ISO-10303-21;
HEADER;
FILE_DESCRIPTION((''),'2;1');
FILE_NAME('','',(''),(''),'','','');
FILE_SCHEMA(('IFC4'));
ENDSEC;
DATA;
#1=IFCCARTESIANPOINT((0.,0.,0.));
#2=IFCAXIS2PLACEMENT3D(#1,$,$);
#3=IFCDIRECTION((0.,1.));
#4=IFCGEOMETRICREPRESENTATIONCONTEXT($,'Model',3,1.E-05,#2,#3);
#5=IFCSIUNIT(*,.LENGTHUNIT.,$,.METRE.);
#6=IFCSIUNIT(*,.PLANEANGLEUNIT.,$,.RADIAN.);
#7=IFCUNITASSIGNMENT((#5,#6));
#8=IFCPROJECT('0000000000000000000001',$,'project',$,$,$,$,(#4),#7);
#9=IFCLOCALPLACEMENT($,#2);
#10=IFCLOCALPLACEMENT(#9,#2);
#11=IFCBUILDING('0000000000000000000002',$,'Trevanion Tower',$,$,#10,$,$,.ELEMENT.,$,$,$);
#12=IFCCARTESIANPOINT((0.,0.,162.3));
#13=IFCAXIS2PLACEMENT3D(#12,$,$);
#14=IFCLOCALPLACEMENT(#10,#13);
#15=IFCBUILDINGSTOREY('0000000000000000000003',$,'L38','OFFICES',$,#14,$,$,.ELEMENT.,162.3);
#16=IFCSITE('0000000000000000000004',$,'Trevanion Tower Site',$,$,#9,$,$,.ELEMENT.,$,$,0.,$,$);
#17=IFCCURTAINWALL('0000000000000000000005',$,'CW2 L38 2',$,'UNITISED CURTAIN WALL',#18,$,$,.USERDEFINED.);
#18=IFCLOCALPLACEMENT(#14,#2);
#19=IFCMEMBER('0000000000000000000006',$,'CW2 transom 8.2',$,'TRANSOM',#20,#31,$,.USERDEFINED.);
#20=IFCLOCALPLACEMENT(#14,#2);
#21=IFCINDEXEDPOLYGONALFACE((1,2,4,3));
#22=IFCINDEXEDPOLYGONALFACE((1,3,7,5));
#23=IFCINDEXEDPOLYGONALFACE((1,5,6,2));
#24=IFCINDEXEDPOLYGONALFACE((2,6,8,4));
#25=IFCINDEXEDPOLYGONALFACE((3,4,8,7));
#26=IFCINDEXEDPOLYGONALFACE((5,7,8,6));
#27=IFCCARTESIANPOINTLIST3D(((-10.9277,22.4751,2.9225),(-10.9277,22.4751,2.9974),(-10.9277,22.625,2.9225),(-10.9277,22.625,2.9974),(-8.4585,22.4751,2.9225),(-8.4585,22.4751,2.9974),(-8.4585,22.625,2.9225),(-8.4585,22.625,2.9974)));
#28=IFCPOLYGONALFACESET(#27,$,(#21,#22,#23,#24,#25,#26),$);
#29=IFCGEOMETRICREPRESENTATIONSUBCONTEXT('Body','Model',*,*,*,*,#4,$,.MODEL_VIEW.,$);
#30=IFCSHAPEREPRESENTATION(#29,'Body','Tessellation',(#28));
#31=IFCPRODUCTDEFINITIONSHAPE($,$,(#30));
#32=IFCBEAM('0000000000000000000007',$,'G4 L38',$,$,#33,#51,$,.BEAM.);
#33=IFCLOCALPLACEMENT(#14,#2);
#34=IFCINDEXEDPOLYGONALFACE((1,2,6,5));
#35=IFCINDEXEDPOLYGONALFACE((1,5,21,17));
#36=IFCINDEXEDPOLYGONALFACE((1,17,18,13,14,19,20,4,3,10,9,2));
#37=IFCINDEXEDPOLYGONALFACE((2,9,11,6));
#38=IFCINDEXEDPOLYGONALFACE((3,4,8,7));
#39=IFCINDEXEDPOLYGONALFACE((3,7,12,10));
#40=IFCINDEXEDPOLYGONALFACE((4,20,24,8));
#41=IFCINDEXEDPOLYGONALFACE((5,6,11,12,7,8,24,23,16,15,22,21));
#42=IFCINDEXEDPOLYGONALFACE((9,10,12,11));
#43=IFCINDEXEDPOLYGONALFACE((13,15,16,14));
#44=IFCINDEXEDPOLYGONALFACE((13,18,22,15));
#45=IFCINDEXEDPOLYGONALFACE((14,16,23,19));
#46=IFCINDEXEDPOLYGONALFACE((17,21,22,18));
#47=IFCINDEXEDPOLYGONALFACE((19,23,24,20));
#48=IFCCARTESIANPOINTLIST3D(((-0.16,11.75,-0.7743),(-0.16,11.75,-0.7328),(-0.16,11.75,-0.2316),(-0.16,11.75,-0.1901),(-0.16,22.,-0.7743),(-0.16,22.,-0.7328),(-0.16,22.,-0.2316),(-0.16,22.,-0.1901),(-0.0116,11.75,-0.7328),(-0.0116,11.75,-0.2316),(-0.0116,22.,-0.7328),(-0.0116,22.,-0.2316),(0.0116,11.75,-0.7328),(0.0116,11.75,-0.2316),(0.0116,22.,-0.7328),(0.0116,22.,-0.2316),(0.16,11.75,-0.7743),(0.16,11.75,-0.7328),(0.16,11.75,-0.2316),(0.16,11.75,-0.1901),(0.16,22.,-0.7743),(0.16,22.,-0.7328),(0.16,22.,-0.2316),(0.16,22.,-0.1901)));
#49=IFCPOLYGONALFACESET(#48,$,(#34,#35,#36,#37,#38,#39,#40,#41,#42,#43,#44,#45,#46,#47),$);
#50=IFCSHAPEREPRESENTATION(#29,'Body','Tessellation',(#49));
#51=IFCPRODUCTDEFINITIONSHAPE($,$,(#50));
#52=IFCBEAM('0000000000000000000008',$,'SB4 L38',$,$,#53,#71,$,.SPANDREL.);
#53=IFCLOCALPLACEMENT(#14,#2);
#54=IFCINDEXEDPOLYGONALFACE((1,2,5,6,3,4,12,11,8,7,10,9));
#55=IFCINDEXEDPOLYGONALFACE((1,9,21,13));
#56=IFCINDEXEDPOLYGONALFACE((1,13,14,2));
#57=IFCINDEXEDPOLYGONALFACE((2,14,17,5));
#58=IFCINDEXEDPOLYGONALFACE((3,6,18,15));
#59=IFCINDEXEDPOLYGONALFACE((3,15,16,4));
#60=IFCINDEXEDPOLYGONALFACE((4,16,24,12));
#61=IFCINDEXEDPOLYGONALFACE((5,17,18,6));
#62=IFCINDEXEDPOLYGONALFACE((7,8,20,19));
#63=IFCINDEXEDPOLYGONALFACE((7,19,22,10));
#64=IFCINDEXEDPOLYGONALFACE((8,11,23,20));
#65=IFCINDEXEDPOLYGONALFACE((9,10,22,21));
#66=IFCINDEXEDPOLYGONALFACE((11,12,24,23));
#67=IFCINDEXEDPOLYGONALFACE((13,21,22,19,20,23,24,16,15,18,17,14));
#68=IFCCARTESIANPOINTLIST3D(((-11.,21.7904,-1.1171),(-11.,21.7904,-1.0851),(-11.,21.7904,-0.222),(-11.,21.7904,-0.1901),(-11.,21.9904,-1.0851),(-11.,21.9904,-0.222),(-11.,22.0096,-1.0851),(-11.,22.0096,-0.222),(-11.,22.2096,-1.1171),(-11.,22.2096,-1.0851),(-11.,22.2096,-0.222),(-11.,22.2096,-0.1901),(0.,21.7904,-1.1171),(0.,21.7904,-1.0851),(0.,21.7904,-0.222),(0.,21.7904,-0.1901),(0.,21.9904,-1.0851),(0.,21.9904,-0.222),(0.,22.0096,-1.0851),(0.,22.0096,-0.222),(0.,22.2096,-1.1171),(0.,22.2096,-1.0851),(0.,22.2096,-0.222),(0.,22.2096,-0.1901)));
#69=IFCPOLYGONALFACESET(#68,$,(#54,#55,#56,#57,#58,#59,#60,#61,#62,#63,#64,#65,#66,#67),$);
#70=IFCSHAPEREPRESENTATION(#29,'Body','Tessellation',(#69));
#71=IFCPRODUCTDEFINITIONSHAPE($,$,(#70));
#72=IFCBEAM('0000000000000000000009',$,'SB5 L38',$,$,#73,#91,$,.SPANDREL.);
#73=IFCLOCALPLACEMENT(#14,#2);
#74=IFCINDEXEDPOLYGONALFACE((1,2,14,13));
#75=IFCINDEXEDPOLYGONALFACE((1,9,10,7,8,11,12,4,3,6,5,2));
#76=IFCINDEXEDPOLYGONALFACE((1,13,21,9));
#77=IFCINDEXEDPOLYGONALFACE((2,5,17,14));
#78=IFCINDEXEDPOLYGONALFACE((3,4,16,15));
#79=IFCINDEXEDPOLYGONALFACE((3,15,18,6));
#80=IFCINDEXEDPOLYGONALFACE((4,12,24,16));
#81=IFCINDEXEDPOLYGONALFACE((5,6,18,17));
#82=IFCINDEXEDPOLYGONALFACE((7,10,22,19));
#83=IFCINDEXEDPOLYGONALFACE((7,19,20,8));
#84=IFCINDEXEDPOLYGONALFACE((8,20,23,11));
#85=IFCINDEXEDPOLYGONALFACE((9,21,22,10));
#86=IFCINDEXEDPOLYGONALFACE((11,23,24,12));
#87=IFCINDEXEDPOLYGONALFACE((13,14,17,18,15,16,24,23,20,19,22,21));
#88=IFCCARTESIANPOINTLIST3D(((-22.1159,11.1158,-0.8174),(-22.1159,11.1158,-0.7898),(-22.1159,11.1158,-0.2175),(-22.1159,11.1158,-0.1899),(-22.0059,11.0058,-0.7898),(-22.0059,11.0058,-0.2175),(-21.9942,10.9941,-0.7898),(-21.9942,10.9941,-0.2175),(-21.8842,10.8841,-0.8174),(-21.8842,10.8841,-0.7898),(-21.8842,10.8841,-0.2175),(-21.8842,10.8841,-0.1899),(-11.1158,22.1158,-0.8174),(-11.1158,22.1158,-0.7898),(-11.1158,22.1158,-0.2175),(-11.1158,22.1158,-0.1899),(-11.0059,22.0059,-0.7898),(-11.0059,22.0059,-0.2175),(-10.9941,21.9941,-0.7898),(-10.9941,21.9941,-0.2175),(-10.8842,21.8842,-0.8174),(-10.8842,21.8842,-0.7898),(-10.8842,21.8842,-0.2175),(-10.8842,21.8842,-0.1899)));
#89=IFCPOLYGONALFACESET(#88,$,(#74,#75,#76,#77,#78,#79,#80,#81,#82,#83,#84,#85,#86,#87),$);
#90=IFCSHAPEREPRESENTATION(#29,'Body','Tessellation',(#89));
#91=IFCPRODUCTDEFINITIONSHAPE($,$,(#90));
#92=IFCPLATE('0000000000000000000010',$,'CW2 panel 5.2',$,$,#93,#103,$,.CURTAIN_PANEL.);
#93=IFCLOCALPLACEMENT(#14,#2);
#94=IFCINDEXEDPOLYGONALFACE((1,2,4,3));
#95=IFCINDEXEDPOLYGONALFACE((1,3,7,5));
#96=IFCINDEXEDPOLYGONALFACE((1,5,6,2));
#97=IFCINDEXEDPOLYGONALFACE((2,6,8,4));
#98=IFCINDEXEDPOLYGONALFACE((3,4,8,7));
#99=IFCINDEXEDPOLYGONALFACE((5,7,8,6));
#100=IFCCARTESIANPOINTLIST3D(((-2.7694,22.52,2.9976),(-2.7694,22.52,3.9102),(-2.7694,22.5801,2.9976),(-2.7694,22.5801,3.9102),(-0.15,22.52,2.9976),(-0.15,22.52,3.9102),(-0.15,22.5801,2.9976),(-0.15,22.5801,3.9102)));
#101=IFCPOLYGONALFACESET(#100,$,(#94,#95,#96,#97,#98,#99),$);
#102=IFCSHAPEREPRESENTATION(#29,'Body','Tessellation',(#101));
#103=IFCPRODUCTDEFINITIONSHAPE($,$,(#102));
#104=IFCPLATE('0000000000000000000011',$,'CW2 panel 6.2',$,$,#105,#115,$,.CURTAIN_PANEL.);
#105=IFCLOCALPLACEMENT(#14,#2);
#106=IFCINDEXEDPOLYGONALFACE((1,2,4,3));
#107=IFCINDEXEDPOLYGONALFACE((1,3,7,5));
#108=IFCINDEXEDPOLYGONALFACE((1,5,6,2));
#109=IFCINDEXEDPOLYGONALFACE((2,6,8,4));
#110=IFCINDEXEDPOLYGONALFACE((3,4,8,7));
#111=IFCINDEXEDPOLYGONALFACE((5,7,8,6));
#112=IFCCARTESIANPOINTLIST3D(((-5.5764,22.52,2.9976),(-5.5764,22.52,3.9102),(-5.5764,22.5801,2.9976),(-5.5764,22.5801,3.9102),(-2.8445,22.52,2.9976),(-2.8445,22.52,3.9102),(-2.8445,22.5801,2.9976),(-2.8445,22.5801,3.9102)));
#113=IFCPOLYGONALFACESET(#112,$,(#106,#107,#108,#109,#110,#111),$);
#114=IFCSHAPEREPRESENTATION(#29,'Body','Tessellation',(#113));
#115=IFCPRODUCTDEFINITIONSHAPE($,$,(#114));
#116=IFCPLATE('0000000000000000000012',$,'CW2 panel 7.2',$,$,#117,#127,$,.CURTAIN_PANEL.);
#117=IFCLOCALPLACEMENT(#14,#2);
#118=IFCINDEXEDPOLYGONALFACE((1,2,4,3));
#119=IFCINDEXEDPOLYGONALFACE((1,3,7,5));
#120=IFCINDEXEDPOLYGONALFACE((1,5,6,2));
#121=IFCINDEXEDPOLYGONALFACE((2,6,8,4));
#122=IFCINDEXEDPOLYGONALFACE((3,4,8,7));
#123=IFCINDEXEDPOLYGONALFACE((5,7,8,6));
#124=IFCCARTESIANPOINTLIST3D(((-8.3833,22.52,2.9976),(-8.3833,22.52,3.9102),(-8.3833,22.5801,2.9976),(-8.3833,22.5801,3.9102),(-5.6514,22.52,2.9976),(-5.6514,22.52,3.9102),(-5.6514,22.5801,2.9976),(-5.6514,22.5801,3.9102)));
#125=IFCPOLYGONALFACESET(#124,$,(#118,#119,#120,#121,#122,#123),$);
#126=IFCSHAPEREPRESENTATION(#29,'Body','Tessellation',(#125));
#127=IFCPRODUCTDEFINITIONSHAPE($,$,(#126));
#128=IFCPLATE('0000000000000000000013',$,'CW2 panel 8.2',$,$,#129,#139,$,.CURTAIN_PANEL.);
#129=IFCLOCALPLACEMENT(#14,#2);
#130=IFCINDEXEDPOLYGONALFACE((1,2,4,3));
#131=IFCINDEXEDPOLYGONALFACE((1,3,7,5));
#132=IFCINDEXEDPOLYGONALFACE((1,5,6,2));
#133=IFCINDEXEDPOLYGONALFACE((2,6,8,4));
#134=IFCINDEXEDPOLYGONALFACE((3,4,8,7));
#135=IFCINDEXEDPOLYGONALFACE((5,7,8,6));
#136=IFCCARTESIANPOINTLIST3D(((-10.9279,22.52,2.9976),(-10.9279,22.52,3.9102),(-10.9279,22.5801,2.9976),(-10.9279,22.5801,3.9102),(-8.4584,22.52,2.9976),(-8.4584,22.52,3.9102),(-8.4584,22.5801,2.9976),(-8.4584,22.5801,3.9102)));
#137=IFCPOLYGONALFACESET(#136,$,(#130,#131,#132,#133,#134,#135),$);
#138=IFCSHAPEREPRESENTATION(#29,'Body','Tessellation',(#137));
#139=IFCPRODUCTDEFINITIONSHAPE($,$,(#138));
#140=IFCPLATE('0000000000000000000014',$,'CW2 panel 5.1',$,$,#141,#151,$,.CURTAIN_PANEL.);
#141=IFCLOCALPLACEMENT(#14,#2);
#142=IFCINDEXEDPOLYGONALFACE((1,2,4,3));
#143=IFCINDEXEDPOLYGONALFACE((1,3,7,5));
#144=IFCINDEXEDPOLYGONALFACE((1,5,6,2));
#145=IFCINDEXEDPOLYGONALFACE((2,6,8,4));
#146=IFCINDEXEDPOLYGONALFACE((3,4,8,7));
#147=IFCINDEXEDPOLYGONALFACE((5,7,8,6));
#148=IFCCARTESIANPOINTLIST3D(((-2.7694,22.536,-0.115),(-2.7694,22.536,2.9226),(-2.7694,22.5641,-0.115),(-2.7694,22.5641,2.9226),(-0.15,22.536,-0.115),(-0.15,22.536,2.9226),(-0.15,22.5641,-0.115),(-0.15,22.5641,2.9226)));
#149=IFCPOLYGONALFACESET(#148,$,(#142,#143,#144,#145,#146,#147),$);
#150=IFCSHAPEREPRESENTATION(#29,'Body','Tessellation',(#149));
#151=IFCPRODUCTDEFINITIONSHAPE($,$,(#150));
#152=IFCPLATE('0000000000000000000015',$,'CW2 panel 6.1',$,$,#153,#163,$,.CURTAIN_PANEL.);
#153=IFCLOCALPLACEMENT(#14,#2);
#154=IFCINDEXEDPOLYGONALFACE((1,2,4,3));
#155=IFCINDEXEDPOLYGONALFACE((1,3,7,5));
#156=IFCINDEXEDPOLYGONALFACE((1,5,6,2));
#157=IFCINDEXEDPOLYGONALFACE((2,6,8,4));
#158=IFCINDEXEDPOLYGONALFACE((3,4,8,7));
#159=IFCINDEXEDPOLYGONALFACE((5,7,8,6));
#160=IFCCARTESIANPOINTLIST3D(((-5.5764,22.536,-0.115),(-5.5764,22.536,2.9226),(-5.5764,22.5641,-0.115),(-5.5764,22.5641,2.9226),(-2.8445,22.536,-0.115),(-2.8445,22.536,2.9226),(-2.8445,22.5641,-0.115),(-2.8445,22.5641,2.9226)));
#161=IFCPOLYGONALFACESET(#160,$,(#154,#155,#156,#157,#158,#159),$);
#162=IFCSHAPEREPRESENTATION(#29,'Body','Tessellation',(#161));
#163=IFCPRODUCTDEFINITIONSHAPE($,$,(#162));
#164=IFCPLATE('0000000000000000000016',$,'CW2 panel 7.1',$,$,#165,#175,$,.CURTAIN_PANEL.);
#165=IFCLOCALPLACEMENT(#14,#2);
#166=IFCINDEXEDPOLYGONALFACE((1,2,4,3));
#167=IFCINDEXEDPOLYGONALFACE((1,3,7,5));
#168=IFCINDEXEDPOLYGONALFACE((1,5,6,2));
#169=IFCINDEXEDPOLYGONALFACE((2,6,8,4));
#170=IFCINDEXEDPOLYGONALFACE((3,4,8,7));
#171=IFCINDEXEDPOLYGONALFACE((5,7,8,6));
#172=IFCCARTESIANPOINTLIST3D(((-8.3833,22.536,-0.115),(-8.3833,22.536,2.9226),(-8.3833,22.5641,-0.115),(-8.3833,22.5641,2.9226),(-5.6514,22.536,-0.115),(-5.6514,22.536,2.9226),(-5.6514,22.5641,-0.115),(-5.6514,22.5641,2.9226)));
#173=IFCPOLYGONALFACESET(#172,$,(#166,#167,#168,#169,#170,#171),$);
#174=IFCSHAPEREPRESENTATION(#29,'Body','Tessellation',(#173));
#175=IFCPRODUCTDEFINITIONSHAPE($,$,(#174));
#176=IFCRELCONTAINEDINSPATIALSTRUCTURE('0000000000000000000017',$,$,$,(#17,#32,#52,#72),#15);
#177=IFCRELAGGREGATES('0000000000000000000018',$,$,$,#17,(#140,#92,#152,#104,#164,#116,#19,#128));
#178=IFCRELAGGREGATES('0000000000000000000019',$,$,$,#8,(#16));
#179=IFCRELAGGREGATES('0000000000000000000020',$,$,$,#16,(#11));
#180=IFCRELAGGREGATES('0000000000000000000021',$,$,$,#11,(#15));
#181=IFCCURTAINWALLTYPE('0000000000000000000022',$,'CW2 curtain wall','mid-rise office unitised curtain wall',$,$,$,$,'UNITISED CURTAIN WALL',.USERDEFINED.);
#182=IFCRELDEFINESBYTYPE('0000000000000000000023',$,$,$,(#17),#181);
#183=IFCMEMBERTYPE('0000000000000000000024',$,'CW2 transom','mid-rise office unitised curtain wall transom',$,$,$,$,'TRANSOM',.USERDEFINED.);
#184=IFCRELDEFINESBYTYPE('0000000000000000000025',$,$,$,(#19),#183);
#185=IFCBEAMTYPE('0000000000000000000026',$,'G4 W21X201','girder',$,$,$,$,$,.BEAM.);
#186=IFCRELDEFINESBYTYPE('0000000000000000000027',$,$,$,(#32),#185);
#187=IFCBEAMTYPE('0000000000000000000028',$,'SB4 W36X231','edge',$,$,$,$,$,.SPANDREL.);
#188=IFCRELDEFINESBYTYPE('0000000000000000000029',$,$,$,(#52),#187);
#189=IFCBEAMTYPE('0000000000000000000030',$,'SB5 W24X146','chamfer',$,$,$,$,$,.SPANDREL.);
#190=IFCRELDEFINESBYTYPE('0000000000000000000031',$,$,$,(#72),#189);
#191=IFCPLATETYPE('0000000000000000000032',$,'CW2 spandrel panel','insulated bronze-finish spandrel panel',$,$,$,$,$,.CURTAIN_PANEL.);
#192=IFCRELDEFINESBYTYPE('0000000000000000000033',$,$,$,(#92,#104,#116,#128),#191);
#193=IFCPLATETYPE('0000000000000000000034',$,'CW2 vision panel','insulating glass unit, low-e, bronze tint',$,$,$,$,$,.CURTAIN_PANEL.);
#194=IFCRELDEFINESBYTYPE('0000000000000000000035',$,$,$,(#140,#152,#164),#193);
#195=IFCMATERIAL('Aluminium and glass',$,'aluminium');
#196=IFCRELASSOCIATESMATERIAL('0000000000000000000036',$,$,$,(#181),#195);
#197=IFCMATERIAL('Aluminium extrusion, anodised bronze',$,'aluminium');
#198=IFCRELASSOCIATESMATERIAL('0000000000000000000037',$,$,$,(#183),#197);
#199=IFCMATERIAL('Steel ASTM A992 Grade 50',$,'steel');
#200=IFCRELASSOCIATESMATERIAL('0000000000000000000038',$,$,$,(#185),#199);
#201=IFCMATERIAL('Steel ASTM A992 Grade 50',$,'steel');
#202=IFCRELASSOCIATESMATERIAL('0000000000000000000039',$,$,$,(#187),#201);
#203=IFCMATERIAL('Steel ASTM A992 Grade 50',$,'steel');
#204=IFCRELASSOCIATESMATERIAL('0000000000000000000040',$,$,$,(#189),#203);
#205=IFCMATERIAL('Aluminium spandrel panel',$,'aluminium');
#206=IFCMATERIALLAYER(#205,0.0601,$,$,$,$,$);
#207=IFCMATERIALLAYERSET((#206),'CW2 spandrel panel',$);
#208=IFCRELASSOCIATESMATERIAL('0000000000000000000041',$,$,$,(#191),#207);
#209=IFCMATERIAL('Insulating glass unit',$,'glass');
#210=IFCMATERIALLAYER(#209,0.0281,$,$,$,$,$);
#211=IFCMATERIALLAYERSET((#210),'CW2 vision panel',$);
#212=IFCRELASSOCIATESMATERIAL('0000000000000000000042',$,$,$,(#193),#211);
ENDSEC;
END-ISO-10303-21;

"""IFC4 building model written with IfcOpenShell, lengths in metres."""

from ifc_helpers import new_model, si_unit, direction, frame, origin, origin_2d, place, context, subcontext, project, spatial, rectangle, i_section, extrude, material, layer, layer_set, material_profile, profile_set, type_object, element, aggregate, save


model = new_model("IFC4")

# Units and contexts
model_context = context("Model", 3, precision=1e-05, world=origin(), true_north=direction((0.0, 1.0)))
body_context = subcontext(model_context, "Body", "Model", "MODEL_VIEW")
ifc_project = project(units=[si_unit("LENGTHUNIT", "METRE"), si_unit("PLANEANGLEUNIT", "RADIAN")], contexts=[model_context])

# Site, building, storey
site_placement = place(None, origin())
site = spatial("IfcSite", under=ifc_project, at=site_placement, Name="Trevanion Tower Site", CompositionType="ELEMENT", RefElevation=0.0)
building_placement = place(site_placement, origin())
building = spatial("IfcBuilding", under=site, at=building_placement, Name="Trevanion Tower", CompositionType="ELEMENT")
storey_placement = place(building_placement, frame((0.0, 0.0, 162.3)))
storey = spatial("IfcBuildingStorey", under=building, at=storey_placement, Name="L38", Description="OFFICES", CompositionType="ELEMENT", Elevation=162.3)

# Curtain wall, member
ifc_material_1 = material(Name="Aluminium and glass", Category="aluminium")
curtain_wall_type = type_object("IfcCurtainWallType", Name="CW2 curtain wall", Description="mid-rise office unitised curtain wall", ElementType="UNITISED CURTAIN WALL", PredefinedType="USERDEFINED", material=ifc_material_1)
curtain_wall_placement = place(storey_placement, origin())
curtain_wall = element("IfcCurtainWall", 1, at=curtain_wall_placement, inside=storey, type_object=curtain_wall_type, Name="CW2 L38 2", ObjectType="UNITISED CURTAIN WALL", PredefinedType="USERDEFINED")
ifc_material_2 = material(Name="Aluminium extrusion, anodised bronze", Category="aluminium")
ifc_material_profile_1 = material_profile(ifc_material_2, rectangle(XDim=0.1499, YDim=0.075, at=origin_2d()), Name="CW2 transom")
ifc_profile_set_1 = profile_set([ifc_material_profile_1], Name="Aluminium extrusion, anodised bronze")
member_type_1 = type_object("IfcMemberType", Name="CW2 transom", Description="mid-rise office unitised curtain wall transom", ElementType="TRANSOM", PredefinedType="USERDEFINED", material=ifc_profile_set_1)
member_1_placement = place(storey_placement, frame((-8.4585, 22.55, 2.96), z_axis=(-1.0, 0.0, 0.0), x_axis=(0.0, -1.0, 0.0)))
member_1 = element("IfcMember", 2, at=member_1_placement, type_object=member_type_1, Name="CW2 transom 8.2", ObjectType="TRANSOM", PredefinedType="USERDEFINED", context=body_context, shape_type="SweptSolid", body=[
    extrude(rectangle(XDim=0.1499, YDim=0.075, at=origin_2d()), origin(), (0.0, 0.0, 1.0), 2.4692),
])

# Beams
ifc_material_3 = material(Name="Steel ASTM A992 Grade 50", Category="steel")
ifc_material_profile_2 = material_profile(ifc_material_3, i_section(OverallWidth=0.3201, OverallDepth=0.5842, WebThickness=0.0232, FlangeThickness=0.0415, at=origin_2d()), Name="W21X201")
ifc_profile_set_2 = profile_set([ifc_material_profile_2], Name="Steel ASTM A992 Grade 50")
beam_type_1 = type_object("IfcBeamType", Name="G4 W21X201", Description="girder", PredefinedType="BEAM", material=ifc_profile_set_2)
beam_1_placement = place(storey_placement, frame((0.0, 11.75, -0.4822), z_axis=(0.0, 1.0, 0.0), x_axis=(-1.0, 0.0, 0.0)))
element("IfcBeam", 3, at=beam_1_placement, inside=storey, type_object=beam_type_1, Name="G4 L38", PredefinedType="BEAM", context=body_context, shape_type="SweptSolid", body=[
    extrude(i_section(OverallWidth=0.3201, OverallDepth=0.5842, WebThickness=0.0232, FlangeThickness=0.0415, at=origin_2d()), origin(), (0.0, 0.0, 1.0), 10.25),
])
ifc_material_4 = material(Name="Steel ASTM A992 Grade 50", Category="steel")
ifc_material_profile_3 = material_profile(ifc_material_4, i_section(OverallWidth=0.4192, OverallDepth=0.927, WebThickness=0.0193, FlangeThickness=0.032, at=origin_2d()), Name="W36X231")
ifc_profile_set_3 = profile_set([ifc_material_profile_3], Name="Steel ASTM A992 Grade 50")
beam_type_2 = type_object("IfcBeamType", Name="SB4 W36X231", Description="edge", PredefinedType="SPANDREL", material=ifc_profile_set_3)
beam_2_placement = place(storey_placement, frame((0.0, 22.0, -0.6536), z_axis=(-1.0, 0.0, 0.0), x_axis=(0.0, -1.0, 0.0)))
element("IfcBeam", 4, at=beam_2_placement, inside=storey, type_object=beam_type_2, Name="SB4 L38", PredefinedType="SPANDREL", context=body_context, shape_type="SweptSolid", body=[
    extrude(i_section(OverallWidth=0.4192, OverallDepth=0.927, WebThickness=0.0193, FlangeThickness=0.032, at=origin_2d()), origin(), (0.0, 0.0, 1.0), 11.0),
])
ifc_material_5 = material(Name="Steel ASTM A992 Grade 50", Category="steel")
ifc_material_profile_4 = material_profile(ifc_material_5, i_section(OverallWidth=0.3276, OverallDepth=0.6274, WebThickness=0.0166, FlangeThickness=0.0276, at=origin_2d()), Name="W24X146")
ifc_profile_set_4 = profile_set([ifc_material_profile_4], Name="Steel ASTM A992 Grade 50")
beam_type_3 = type_object("IfcBeamType", Name="SB5 W24X146", Description="chamfer", PredefinedType="SPANDREL", material=ifc_profile_set_4)
beam_3_placement = place(storey_placement, frame((-11.0, 22.0, -0.5037), z_axis=(-0.707107, -0.707107, 0.0), x_axis=(0.707107, -0.707107, 0.0)))
element("IfcBeam", 5, at=beam_3_placement, inside=storey, type_object=beam_type_3, Name="SB5 L38", PredefinedType="SPANDREL", context=body_context, shape_type="SweptSolid", body=[
    extrude(i_section(OverallWidth=0.3276, OverallDepth=0.6274, WebThickness=0.0166, FlangeThickness=0.0276, at=origin_2d()), origin(), (0.0, 0.0, 1.0), 15.5564),
])

# Plates
ifc_material_6 = material(Name="Aluminium spandrel panel", Category="aluminium")
ifc_layer_1 = layer(ifc_material_6, 0.0601)
ifc_layer_set_1 = layer_set([ifc_layer_1], Name="CW2 spandrel panel")
plate_type_1 = type_object("IfcPlateType", Name="CW2 spandrel panel", Description="insulated bronze-finish spandrel panel", PredefinedType="CURTAIN_PANEL", material=ifc_layer_set_1)
plate_1_placement = place(storey_placement, frame((-1.4597, 22.55, 2.9976), z_axis=(0.0, 0.0, 1.0), x_axis=(-1.0, 0.0, 0.0)))
plate_1 = element("IfcPlate", 6, at=plate_1_placement, type_object=plate_type_1, Name="CW2 panel 5.2", PredefinedType="CURTAIN_PANEL", context=body_context, shape_type="SweptSolid", body=[
    extrude(rectangle(XDim=2.6194, YDim=0.0601, at=origin_2d()), origin(), (0.0, 0.0, 1.0), 0.9126),
])
plate_2_placement = place(storey_placement, frame((-4.2104, 22.55, 2.9976), z_axis=(0.0, 0.0, 1.0), x_axis=(-1.0, 0.0, 0.0)))
plate_2 = element("IfcPlate", 7, at=plate_2_placement, type_object=plate_type_1, Name="CW2 panel 6.2", PredefinedType="CURTAIN_PANEL", context=body_context, shape_type="SweptSolid", body=[
    extrude(rectangle(XDim=2.7319, YDim=0.0601, at=origin_2d()), origin(), (0.0, 0.0, 1.0), 0.9126),
])
plate_3_placement = place(storey_placement, frame((-7.0173, 22.55, 2.9976), z_axis=(0.0, 0.0, 1.0), x_axis=(-1.0, 0.0, 0.0)))
plate_3 = element("IfcPlate", 8, at=plate_3_placement, type_object=plate_type_1, Name="CW2 panel 7.2", PredefinedType="CURTAIN_PANEL", context=body_context, shape_type="SweptSolid", body=[
    extrude(rectangle(XDim=2.7319, YDim=0.0601, at=origin_2d()), origin(), (0.0, 0.0, 1.0), 0.9126),
])
plate_4_placement = place(storey_placement, frame((-9.6931, 22.55, 2.9976), z_axis=(0.0, 0.0, 1.0), x_axis=(-1.0, 0.0, 0.0)))
plate_4 = element("IfcPlate", 9, at=plate_4_placement, type_object=plate_type_1, Name="CW2 panel 8.2", PredefinedType="CURTAIN_PANEL", context=body_context, shape_type="SweptSolid", body=[
    extrude(rectangle(XDim=2.4695, YDim=0.0601, at=origin_2d()), origin(), (0.0, 0.0, 1.0), 0.9126),
])
ifc_material_7 = material(Name="Insulating glass unit", Category="glass")
ifc_layer_2 = layer(ifc_material_7, 0.0281)
ifc_layer_set_2 = layer_set([ifc_layer_2], Name="CW2 vision panel")
plate_type_2 = type_object("IfcPlateType", Name="CW2 vision panel", Description="insulating glass unit, low-e, bronze tint", PredefinedType="CURTAIN_PANEL", material=ifc_layer_set_2)
plate_5_placement = place(storey_placement, frame((-1.4597, 22.55, -0.115), z_axis=(0.0, 0.0, 1.0), x_axis=(-1.0, 0.0, 0.0)))
plate_5 = element("IfcPlate", 10, at=plate_5_placement, type_object=plate_type_2, Name="CW2 panel 5.1", PredefinedType="CURTAIN_PANEL", context=body_context, shape_type="SweptSolid", body=[
    extrude(rectangle(XDim=2.6194, YDim=0.0281, at=origin_2d()), origin(), (0.0, 0.0, 1.0), 3.0376),
])
plate_6_placement = place(storey_placement, frame((-4.2104, 22.55, -0.115), z_axis=(0.0, 0.0, 1.0), x_axis=(-1.0, 0.0, 0.0)))
plate_6 = element("IfcPlate", 11, at=plate_6_placement, type_object=plate_type_2, Name="CW2 panel 6.1", PredefinedType="CURTAIN_PANEL", context=body_context, shape_type="SweptSolid", body=[
    extrude(rectangle(XDim=2.7319, YDim=0.0281, at=origin_2d()), origin(), (0.0, 0.0, 1.0), 3.0376),
])
plate_7_placement = place(storey_placement, frame((-7.0173, 22.55, -0.115), z_axis=(0.0, 0.0, 1.0), x_axis=(-1.0, 0.0, 0.0)))
plate_7 = element("IfcPlate", 12, at=plate_7_placement, type_object=plate_type_2, Name="CW2 panel 7.1", PredefinedType="CURTAIN_PANEL", context=body_context, shape_type="SweptSolid", body=[
    extrude(rectangle(XDim=2.7319, YDim=0.0281, at=origin_2d()), origin(), (0.0, 0.0, 1.0), 3.0376),
])
aggregate(curtain_wall, [plate_5, plate_1, plate_6, plate_2, plate_7, plate_3, member_1, plate_4])

save(model, "model.ifc")
